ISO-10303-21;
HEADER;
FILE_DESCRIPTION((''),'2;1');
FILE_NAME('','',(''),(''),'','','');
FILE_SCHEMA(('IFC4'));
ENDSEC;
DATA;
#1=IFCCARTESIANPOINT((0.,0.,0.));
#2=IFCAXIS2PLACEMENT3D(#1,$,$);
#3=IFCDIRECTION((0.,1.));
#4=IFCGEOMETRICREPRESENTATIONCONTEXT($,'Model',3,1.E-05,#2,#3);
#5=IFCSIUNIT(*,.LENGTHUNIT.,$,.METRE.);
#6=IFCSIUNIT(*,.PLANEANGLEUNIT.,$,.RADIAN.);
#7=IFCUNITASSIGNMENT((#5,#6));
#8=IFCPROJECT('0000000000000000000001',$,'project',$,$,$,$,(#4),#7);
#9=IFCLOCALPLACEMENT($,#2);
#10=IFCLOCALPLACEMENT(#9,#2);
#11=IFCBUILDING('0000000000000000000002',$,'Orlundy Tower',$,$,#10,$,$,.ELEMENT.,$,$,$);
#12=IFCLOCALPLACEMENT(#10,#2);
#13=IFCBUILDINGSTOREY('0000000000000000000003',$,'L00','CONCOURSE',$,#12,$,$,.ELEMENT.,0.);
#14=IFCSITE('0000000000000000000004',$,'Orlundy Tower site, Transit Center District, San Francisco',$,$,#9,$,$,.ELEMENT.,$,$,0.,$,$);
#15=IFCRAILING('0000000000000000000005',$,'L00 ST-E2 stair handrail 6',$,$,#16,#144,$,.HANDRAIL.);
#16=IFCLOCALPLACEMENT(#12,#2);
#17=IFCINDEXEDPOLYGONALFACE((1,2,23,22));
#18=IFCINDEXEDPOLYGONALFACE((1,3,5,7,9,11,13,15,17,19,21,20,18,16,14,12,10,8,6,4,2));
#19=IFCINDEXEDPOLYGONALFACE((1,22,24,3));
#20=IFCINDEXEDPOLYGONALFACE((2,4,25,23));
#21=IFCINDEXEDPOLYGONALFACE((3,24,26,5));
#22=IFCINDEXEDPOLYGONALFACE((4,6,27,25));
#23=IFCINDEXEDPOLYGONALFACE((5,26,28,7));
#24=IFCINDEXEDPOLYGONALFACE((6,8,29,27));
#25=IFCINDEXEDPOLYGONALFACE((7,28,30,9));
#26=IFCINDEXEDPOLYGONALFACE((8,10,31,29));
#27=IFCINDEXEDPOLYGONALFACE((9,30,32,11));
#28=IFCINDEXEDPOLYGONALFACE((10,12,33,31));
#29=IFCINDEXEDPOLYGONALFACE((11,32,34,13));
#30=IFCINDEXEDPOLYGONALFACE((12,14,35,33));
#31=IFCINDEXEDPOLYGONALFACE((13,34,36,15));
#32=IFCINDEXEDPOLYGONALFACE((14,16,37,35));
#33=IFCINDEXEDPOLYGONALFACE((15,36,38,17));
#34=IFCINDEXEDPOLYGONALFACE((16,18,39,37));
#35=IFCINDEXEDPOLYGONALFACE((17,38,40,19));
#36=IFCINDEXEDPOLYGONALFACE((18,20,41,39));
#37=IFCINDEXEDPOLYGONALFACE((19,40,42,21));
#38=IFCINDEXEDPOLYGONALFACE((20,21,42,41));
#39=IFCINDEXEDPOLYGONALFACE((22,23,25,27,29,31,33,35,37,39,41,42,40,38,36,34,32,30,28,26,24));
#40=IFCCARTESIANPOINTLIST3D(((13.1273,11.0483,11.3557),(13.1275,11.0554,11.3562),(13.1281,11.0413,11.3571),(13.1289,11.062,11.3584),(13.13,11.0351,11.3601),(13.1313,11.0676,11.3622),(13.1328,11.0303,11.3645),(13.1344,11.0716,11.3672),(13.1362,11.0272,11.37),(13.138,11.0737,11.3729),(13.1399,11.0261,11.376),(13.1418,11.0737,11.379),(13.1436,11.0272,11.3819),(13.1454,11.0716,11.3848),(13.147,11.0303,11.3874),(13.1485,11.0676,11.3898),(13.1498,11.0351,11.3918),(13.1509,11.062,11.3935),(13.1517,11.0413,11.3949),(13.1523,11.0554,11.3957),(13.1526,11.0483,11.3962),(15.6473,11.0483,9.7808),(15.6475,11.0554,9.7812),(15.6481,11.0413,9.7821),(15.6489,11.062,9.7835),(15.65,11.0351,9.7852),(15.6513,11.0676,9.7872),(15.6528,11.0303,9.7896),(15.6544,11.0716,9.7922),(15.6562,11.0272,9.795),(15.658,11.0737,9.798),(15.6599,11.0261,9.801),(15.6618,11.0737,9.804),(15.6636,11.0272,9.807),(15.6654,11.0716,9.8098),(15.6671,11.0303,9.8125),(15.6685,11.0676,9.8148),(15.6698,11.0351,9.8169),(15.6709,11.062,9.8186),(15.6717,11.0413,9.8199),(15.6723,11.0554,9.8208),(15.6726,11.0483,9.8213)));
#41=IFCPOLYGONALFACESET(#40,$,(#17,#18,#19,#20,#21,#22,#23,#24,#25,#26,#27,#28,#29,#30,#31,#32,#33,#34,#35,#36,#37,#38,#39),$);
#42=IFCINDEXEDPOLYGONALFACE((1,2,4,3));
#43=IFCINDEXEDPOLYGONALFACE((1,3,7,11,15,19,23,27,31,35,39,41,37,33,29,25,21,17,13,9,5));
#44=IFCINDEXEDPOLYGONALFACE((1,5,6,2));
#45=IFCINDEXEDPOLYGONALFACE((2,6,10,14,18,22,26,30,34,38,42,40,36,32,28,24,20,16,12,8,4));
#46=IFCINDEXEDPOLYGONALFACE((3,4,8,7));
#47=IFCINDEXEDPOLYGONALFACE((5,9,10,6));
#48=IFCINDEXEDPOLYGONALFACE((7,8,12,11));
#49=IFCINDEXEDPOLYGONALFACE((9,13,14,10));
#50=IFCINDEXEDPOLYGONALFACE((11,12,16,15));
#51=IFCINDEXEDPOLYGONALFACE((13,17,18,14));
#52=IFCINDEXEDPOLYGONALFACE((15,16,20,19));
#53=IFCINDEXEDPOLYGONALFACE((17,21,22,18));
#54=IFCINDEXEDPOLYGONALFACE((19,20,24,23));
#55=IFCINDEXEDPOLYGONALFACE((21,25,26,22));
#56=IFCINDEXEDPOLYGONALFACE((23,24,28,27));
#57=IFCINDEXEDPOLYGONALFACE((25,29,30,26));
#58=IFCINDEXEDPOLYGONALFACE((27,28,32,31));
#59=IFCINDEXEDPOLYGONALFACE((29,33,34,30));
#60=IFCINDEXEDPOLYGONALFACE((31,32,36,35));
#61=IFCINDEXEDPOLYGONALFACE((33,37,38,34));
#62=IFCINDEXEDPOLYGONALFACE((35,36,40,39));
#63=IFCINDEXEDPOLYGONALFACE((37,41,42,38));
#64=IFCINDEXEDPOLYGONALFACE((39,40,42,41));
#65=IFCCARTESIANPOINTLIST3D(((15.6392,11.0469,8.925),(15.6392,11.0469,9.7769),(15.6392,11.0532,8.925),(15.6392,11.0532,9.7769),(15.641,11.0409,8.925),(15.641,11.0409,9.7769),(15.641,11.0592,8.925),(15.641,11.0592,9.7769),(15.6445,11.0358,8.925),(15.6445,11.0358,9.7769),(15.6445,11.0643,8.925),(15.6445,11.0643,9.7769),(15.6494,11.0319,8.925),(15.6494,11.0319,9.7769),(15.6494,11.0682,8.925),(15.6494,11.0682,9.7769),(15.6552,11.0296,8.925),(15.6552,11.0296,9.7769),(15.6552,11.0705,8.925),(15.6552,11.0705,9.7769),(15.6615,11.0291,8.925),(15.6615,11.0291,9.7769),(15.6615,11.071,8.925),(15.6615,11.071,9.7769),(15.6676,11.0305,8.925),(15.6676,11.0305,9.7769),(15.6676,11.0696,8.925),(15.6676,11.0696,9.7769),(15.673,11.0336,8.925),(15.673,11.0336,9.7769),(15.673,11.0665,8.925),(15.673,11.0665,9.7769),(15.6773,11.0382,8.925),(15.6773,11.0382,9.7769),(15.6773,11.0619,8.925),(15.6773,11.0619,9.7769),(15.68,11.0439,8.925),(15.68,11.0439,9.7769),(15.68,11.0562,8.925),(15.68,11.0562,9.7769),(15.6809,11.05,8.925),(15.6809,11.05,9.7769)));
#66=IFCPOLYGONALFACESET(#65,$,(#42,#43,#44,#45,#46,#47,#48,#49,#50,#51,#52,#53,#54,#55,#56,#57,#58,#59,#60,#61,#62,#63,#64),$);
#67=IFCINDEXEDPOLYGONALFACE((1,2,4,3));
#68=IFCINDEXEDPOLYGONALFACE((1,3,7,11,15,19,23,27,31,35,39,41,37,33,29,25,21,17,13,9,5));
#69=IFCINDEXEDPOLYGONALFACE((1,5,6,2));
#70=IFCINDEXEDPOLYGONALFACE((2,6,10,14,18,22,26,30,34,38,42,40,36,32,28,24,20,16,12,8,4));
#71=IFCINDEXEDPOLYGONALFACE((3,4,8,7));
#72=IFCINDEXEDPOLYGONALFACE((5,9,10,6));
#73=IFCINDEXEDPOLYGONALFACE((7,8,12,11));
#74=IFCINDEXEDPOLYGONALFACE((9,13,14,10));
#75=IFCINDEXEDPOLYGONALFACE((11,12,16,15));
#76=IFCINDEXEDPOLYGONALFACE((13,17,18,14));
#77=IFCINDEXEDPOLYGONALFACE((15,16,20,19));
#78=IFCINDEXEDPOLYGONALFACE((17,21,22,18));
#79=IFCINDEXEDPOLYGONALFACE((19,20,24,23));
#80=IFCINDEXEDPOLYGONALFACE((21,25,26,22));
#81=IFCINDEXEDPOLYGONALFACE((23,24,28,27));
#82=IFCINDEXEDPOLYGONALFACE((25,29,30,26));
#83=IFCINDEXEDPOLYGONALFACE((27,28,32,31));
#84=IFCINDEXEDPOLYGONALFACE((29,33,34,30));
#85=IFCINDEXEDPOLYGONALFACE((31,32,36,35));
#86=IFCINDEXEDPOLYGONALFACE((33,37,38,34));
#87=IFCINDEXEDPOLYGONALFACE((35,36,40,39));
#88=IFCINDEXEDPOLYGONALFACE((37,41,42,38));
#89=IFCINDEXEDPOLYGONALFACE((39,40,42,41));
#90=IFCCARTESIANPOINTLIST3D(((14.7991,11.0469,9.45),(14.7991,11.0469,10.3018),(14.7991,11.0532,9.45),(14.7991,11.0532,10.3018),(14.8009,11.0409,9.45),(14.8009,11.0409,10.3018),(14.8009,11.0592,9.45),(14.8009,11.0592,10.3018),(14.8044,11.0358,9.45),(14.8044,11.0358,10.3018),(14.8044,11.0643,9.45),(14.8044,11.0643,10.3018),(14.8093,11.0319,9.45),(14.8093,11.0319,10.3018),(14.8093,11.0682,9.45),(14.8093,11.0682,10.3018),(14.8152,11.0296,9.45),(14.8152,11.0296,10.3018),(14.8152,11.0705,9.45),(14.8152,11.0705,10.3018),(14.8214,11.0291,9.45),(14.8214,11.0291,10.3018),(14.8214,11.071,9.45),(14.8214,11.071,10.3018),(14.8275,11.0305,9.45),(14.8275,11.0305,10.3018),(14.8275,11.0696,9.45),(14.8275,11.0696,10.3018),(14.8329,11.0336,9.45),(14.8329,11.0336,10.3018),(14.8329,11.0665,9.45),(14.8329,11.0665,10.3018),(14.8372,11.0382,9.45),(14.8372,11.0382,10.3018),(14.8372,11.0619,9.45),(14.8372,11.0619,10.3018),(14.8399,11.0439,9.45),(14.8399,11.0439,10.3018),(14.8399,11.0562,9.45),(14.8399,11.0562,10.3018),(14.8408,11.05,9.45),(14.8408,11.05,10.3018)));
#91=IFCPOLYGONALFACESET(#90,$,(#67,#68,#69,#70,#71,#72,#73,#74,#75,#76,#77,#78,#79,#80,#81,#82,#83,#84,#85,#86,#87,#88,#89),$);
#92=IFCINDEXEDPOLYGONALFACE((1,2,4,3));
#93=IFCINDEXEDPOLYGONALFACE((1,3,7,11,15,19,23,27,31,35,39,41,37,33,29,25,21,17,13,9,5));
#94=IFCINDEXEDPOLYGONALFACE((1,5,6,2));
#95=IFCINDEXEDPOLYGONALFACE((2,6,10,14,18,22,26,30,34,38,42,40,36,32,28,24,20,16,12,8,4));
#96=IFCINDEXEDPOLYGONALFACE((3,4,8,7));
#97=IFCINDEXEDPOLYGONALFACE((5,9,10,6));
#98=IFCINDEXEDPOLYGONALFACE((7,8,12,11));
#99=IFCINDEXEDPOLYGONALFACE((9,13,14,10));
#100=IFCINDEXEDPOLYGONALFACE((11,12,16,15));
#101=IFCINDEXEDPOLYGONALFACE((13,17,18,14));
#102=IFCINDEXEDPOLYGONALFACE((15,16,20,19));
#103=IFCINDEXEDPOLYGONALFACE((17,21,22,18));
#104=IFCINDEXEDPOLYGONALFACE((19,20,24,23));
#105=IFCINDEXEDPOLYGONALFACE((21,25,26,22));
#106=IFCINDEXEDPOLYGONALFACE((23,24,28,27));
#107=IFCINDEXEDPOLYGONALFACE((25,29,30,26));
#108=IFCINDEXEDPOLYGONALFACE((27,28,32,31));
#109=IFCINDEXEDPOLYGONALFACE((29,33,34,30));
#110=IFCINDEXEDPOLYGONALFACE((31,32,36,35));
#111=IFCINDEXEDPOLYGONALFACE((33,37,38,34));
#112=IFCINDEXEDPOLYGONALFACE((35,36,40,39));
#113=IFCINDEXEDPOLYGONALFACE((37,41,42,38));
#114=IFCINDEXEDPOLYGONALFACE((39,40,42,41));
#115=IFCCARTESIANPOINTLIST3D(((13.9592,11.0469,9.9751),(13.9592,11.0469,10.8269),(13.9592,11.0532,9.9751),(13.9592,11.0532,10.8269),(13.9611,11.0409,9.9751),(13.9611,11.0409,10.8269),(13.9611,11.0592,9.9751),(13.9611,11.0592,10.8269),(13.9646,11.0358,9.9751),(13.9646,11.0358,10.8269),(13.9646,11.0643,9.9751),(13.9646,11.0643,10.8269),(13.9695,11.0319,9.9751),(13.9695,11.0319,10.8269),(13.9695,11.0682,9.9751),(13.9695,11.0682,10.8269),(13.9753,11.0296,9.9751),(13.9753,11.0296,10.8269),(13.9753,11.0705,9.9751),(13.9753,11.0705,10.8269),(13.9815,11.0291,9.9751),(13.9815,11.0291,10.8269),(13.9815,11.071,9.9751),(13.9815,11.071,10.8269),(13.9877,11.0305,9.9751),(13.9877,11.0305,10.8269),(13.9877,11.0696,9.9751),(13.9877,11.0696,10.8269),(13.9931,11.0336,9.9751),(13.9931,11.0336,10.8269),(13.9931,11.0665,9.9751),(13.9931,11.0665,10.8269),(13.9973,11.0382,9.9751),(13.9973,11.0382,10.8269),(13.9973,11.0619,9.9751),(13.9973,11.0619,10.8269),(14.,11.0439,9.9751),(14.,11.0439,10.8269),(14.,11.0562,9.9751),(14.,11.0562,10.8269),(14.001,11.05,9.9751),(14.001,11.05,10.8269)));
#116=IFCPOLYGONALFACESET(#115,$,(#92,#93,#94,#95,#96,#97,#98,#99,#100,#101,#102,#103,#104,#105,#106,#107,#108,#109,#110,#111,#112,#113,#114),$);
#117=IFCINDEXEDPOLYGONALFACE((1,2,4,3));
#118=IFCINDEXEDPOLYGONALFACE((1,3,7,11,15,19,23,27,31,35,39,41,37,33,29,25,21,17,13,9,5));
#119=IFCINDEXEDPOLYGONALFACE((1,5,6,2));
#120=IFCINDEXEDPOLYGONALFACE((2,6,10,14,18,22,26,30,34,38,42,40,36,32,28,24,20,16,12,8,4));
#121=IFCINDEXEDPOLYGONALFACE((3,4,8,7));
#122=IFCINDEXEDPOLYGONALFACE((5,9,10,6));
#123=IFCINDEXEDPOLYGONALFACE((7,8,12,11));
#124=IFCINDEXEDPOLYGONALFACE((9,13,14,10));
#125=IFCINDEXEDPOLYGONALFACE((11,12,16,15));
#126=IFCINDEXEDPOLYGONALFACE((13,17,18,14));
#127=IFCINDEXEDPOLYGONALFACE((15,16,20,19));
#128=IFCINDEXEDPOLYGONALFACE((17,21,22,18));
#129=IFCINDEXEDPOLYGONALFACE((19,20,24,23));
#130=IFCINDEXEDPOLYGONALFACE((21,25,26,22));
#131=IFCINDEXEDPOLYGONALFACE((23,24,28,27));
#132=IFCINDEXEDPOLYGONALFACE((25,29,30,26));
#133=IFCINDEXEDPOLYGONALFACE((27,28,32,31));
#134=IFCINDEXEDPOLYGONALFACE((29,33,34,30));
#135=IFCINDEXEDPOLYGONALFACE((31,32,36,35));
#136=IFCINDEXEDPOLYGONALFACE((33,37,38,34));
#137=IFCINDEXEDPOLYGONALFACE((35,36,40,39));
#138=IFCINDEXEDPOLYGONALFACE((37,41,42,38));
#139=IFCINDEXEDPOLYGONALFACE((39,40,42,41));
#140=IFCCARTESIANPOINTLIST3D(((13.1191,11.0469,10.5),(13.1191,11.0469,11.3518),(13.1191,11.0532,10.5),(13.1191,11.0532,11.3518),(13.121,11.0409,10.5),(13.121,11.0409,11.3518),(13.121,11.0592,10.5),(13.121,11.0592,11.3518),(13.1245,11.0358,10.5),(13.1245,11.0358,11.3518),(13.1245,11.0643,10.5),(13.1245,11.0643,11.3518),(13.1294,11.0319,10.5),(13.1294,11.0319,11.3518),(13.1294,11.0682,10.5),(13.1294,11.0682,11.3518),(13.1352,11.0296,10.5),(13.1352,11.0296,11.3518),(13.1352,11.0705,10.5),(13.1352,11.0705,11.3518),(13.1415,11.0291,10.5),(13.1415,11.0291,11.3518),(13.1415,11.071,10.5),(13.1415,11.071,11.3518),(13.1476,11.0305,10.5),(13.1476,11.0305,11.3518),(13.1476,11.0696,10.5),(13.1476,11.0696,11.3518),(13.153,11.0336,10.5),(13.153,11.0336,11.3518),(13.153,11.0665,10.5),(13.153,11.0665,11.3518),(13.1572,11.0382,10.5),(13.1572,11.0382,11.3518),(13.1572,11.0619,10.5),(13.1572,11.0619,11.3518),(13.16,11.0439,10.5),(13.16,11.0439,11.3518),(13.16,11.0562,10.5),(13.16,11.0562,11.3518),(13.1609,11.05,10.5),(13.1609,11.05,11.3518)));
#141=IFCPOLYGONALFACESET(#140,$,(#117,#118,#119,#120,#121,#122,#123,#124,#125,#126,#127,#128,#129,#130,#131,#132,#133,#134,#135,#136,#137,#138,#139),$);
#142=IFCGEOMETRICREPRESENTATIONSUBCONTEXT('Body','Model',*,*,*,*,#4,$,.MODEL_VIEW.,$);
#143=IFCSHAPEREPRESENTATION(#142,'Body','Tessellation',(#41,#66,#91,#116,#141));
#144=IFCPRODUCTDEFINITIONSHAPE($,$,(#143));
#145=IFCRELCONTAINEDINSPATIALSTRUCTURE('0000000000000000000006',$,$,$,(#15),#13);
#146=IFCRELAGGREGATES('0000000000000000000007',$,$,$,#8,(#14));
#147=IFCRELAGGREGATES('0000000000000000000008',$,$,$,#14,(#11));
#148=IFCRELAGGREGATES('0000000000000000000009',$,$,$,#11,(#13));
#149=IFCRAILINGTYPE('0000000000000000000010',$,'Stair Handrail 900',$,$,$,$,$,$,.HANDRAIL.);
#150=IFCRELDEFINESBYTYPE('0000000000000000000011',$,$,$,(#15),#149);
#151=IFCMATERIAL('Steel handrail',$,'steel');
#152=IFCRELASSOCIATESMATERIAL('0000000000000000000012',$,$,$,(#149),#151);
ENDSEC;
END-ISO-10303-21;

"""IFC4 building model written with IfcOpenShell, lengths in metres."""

from ifc_helpers import new_model, si_unit, direction, frame, origin, origin_2d, place, context, subcontext, project, spatial, circle, extrude, material, type_object, element, save


model = new_model("IFC4")

# Units and contexts
model_context = context("Model", 3, precision=1e-05, world=origin(), true_north=direction((0.0, 1.0)))
body_context = subcontext(model_context, "Body", "Model", "MODEL_VIEW")
ifc_project = project(units=[si_unit("LENGTHUNIT", "METRE"), si_unit("PLANEANGLEUNIT", "RADIAN")], contexts=[model_context])

# Site, building, storey
site_placement = place(None, origin())
site = spatial("IfcSite", under=ifc_project, at=site_placement, Name="Orlundy Tower site, Transit Center District, San Francisco", CompositionType="ELEMENT", RefElevation=0.0)
building_placement = place(site_placement, origin())
building = spatial("IfcBuilding", under=site, at=building_placement, Name="Orlundy Tower", CompositionType="ELEMENT")
storey_placement = place(building_placement, origin())
storey = spatial("IfcBuildingStorey", under=building, at=storey_placement, Name="L00", Description="CONCOURSE", CompositionType="ELEMENT", Elevation=0.0)

# Railing
ifc_material_1 = material(Name="Steel handrail", Category="steel")
railing_type = type_object("IfcRailingType", Name="Stair Handrail 900", PredefinedType="HANDRAIL", material=ifc_material_1)
for number, where, name in (
    (1, (15.6599, 11.05, 8.925), "L00 ST-E2 stair handrail 6"),
):
    element("IfcRailing", number, at=place(storey_placement, frame(where)), inside=storey, type_object=railing_type, Name=name, PredefinedType="HANDRAIL", context=body_context, shape_type="SweptSolid", body=[
        extrude(circle(Radius=0.0239, at=origin_2d()), frame((0.0, 0.0, 0.876), z_axis=(-0.848008, 0.0, 0.529984), x_axis=(0.0, -1.0, 0.0)), (0.0, 0.0, 1.0), 2.9717),
        extrude(circle(Radius=0.021, at=origin_2d()), origin(), (0.0, 0.0, 1.0), 0.8518),
        extrude(circle(Radius=0.021, at=origin_2d()), frame((-0.8401, 0.0, 0.5249)), (0.0, 0.0, 1.0), 0.8518),
        extrude(circle(Radius=0.021, at=origin_2d()), frame((-1.6799, 0.0, 1.05)), (0.0, 0.0, 1.0), 0.8518),
        extrude(circle(Radius=0.021, at=origin_2d()), frame((-2.52, 0.0, 1.575)), (0.0, 0.0, 1.0), 0.8518),
    ])

save(model, "model.ifc")
